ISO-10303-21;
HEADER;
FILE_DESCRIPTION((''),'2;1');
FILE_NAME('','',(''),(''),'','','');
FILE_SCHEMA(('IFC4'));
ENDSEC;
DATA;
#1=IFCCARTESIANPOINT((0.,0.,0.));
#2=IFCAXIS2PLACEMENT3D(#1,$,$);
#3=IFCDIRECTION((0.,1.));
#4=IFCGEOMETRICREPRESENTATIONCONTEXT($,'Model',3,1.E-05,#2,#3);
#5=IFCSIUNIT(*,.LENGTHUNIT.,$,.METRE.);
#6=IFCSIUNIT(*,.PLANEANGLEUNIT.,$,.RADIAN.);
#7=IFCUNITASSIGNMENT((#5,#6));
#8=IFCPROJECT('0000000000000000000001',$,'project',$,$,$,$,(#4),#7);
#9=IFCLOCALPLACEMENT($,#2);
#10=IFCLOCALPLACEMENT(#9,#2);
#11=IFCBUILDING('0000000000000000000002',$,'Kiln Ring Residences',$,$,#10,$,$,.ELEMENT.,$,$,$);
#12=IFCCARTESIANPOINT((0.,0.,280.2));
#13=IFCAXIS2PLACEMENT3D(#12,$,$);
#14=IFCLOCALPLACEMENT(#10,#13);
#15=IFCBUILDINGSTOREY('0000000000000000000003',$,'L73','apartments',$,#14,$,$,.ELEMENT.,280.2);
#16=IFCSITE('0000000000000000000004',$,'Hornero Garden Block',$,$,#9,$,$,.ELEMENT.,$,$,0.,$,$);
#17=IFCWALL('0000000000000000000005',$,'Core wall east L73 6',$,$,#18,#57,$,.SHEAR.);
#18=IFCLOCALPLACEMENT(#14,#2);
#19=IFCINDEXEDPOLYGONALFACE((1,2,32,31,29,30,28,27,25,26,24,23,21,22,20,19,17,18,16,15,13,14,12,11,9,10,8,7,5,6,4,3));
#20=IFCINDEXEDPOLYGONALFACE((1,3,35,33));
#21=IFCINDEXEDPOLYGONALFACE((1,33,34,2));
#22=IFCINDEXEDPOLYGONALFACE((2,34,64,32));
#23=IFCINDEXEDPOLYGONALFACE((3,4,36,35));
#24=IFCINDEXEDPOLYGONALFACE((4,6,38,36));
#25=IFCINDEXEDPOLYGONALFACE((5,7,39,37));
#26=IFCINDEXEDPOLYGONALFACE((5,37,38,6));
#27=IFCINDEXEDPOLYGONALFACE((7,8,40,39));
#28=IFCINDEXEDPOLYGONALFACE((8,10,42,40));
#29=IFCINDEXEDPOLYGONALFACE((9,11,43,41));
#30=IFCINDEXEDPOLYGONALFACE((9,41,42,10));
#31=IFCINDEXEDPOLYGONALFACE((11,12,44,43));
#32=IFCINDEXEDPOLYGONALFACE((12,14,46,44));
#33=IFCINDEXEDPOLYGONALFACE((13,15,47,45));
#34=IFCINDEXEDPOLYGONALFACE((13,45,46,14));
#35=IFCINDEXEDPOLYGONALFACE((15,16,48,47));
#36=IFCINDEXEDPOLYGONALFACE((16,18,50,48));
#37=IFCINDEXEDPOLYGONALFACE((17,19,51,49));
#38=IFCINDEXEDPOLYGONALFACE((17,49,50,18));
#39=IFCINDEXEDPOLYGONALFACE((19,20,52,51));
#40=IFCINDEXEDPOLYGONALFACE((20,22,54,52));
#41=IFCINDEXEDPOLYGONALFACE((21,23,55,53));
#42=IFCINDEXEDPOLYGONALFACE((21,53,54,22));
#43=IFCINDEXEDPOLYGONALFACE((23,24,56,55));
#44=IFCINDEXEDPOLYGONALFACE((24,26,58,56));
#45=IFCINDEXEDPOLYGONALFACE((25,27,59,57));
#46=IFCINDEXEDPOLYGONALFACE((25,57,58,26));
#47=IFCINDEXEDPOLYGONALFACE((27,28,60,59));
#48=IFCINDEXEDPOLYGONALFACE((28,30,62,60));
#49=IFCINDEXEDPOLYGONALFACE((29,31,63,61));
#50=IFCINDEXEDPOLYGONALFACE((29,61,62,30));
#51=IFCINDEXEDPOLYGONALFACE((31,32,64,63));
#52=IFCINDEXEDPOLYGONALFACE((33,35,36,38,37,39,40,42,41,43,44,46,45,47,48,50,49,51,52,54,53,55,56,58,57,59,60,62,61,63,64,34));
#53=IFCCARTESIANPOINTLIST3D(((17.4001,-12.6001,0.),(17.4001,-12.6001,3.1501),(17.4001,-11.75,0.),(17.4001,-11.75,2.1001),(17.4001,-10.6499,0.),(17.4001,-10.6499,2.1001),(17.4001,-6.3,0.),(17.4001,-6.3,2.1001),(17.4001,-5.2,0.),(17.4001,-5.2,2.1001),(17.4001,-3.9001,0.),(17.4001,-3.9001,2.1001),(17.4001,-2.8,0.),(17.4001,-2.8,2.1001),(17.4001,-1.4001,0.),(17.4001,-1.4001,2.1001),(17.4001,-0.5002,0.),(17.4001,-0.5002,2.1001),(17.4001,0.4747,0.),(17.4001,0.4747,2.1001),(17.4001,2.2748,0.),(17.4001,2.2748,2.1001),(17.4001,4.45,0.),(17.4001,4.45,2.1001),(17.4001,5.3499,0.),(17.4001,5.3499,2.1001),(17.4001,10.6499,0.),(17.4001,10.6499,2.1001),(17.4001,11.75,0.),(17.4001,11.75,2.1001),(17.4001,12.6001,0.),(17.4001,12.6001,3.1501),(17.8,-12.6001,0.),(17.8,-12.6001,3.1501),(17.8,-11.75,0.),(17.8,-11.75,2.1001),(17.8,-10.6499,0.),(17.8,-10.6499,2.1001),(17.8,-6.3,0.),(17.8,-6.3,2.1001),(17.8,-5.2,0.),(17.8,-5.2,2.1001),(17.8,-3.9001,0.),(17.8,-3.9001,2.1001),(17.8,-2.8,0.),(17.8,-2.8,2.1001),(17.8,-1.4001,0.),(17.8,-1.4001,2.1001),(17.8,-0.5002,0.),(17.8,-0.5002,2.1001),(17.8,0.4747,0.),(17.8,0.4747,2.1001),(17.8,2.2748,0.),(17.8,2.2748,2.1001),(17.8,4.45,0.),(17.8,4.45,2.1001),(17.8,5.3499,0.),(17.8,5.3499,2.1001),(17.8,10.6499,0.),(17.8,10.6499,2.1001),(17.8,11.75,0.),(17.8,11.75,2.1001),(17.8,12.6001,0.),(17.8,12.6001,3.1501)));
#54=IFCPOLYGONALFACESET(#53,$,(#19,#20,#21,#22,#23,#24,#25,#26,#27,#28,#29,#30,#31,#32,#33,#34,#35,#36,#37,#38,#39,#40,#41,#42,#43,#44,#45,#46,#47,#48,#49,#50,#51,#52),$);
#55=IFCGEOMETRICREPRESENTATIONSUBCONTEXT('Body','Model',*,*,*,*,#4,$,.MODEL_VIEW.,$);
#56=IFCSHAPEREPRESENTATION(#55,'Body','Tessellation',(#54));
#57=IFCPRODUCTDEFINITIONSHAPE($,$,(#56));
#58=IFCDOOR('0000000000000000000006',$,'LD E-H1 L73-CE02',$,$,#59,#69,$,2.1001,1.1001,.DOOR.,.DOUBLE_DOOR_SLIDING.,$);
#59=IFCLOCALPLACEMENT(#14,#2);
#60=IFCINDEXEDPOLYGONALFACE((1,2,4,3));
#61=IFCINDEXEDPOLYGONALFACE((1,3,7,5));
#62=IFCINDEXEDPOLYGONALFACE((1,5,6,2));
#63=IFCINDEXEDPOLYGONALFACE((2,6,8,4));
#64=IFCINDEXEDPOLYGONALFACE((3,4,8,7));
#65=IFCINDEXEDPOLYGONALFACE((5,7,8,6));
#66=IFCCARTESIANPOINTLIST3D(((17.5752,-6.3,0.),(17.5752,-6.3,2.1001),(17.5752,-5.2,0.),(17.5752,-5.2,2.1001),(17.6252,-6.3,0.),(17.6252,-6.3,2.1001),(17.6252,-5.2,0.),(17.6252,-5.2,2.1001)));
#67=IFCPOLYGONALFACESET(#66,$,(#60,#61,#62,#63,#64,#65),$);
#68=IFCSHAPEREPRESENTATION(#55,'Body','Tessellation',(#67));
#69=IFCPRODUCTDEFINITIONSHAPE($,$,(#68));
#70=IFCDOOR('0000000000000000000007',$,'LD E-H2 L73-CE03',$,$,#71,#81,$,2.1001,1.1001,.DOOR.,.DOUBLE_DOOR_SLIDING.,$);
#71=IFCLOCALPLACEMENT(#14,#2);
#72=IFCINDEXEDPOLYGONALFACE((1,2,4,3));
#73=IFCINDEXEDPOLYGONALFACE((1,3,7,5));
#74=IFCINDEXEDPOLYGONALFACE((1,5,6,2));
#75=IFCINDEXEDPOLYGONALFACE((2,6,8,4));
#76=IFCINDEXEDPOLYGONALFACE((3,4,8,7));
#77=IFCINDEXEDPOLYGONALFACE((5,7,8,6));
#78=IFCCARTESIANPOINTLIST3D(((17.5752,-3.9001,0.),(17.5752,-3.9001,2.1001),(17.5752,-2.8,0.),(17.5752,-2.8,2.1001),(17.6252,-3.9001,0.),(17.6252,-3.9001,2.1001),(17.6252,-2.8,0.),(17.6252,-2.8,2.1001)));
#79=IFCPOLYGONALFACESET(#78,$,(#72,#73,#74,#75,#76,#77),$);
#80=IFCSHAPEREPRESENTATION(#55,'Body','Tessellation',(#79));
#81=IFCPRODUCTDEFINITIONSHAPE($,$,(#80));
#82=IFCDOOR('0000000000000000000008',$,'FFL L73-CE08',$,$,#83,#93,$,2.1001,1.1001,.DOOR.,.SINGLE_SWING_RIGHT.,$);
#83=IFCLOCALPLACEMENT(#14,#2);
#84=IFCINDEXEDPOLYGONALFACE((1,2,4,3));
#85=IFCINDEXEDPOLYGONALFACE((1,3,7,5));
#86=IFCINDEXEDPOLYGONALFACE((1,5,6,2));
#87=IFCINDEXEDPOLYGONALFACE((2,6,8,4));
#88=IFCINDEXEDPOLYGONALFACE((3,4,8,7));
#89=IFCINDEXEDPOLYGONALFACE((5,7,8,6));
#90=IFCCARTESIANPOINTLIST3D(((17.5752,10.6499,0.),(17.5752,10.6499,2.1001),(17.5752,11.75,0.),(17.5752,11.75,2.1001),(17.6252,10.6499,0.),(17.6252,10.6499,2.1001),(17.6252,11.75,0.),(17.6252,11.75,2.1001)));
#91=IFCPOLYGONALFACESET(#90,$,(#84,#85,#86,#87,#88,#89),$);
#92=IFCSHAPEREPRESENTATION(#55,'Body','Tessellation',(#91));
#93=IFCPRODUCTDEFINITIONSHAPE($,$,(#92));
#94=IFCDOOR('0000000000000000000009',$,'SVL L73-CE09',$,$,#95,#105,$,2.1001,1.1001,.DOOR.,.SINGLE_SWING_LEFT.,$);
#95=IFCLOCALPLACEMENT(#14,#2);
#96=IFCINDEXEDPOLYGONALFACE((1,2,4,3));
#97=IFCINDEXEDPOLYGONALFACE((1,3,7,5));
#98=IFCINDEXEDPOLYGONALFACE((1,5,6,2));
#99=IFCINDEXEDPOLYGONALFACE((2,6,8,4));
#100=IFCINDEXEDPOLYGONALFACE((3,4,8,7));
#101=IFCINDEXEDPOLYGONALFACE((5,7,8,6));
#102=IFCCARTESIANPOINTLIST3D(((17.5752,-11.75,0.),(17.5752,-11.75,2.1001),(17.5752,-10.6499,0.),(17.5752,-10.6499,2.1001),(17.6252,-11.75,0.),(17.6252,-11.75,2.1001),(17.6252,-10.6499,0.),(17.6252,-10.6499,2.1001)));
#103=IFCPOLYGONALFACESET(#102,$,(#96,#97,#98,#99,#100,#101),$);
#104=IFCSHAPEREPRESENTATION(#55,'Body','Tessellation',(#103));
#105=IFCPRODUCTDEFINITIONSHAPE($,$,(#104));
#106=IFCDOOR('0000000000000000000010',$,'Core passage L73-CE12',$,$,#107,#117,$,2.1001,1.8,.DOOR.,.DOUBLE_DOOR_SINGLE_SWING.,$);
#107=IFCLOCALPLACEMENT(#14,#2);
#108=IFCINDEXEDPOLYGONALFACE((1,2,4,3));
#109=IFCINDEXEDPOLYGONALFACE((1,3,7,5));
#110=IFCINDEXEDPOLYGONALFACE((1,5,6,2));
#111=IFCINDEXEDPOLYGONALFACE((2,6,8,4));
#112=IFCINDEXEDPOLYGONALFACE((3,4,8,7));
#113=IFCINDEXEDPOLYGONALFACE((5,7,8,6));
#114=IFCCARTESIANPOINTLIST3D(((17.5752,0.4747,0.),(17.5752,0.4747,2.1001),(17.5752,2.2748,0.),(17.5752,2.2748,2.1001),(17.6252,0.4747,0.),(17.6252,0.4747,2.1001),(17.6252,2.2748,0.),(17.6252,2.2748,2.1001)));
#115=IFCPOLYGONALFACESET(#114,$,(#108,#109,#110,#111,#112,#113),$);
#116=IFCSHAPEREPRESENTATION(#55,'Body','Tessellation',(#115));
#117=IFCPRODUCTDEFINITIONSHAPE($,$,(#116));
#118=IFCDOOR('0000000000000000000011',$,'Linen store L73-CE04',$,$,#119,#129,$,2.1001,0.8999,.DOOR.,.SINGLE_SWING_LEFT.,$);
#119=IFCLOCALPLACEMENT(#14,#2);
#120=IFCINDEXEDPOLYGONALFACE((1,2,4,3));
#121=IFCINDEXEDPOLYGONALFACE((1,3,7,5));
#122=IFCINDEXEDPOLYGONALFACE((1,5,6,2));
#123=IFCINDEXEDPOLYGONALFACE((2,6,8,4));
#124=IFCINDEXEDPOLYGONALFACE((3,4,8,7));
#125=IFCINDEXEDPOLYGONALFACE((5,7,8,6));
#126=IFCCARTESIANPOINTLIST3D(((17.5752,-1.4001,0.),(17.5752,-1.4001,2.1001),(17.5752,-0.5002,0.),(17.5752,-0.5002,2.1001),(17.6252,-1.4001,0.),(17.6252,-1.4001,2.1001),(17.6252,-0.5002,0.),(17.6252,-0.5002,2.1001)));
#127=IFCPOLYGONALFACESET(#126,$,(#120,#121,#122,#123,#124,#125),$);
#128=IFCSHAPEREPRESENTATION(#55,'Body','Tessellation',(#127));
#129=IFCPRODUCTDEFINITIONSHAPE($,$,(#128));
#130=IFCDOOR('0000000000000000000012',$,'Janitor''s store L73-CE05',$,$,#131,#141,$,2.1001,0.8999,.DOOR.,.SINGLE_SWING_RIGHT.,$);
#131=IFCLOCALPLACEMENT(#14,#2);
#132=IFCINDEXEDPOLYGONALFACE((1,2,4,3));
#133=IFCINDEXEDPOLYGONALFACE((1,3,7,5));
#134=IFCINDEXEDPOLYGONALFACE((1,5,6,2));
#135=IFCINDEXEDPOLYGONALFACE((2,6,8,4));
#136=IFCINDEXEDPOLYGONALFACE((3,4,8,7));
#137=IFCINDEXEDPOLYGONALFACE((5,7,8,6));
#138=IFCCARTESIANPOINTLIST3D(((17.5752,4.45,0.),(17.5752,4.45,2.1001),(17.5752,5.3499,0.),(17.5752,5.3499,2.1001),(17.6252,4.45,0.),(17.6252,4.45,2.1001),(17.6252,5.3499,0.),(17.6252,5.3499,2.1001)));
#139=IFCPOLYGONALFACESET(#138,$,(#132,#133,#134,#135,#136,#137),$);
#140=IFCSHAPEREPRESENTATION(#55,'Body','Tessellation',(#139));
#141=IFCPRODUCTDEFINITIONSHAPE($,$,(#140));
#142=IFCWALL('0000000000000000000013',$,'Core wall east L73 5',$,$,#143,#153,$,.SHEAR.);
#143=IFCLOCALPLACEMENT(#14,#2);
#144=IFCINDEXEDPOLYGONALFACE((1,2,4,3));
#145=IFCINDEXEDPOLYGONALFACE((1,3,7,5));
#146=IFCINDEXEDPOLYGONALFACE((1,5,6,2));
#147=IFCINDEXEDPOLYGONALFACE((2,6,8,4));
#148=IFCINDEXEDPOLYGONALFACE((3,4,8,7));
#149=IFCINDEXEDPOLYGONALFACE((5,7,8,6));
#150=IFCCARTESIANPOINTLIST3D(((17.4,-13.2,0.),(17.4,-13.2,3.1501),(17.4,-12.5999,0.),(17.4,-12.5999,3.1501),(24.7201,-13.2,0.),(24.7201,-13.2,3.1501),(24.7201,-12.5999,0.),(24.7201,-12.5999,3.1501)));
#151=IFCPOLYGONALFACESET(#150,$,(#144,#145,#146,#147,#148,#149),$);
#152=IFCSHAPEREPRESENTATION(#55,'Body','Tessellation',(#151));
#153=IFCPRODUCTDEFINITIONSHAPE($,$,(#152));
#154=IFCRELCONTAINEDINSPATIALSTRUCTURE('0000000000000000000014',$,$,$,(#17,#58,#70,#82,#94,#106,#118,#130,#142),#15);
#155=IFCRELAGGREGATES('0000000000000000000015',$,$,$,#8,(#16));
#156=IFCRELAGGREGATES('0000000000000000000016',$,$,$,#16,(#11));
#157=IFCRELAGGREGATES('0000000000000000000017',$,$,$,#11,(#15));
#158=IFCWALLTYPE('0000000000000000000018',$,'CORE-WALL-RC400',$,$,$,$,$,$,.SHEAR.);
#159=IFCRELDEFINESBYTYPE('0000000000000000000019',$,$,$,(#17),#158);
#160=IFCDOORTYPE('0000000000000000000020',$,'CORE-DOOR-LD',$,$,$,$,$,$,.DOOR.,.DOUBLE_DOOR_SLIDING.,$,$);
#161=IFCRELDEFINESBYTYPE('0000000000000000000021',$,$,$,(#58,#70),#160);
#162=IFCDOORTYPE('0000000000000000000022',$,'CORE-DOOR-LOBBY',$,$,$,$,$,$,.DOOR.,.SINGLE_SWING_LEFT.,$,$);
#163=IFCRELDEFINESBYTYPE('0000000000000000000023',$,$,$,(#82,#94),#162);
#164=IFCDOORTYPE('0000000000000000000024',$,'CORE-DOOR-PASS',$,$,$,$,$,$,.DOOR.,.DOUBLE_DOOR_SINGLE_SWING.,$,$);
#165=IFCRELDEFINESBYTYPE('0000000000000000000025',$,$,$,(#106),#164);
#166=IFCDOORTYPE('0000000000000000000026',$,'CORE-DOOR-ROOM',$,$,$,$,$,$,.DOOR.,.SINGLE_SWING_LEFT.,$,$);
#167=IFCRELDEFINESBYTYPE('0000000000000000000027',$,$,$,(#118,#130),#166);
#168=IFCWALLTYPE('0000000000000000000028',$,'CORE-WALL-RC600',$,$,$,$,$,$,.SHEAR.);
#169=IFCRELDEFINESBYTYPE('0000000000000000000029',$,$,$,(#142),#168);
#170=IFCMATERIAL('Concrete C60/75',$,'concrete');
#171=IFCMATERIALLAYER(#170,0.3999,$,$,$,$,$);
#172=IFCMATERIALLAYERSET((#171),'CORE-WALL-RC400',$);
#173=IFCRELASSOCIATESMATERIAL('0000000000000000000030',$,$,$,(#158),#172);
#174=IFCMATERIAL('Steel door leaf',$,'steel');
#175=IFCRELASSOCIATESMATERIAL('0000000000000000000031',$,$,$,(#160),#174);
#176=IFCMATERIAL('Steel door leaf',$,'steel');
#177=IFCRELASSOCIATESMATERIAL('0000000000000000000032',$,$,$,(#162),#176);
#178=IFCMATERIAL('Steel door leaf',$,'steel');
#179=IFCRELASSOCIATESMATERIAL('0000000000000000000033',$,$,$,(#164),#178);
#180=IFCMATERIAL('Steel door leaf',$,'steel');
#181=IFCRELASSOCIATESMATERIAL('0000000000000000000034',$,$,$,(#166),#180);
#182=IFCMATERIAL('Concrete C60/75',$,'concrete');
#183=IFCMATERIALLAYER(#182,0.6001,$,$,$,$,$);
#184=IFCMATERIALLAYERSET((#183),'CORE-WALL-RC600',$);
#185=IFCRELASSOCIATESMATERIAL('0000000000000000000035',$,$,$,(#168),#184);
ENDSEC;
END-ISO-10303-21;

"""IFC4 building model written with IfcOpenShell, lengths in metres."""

from ifc_helpers import new_model, si_unit, direction, frame, frame_2d, origin, place, context, subcontext, project, spatial, rectangle, extrude, material, layer, layer_set, type_object, element, fill, save


model = new_model("IFC4")

# Units and contexts
model_context = context("Model", 3, precision=1e-05, world=origin(), true_north=direction((0.0, 1.0)))
body_context = subcontext(model_context, "Body", "Model", "MODEL_VIEW")
ifc_project = project(units=[si_unit("LENGTHUNIT", "METRE"), si_unit("PLANEANGLEUNIT", "RADIAN")], contexts=[model_context])

# Site, building, storey
site_placement = place(None, origin())
site = spatial("IfcSite", under=ifc_project, at=site_placement, Name="Hornero Garden Block", CompositionType="ELEMENT", RefElevation=0.0)
building_placement = place(site_placement, origin())
building = spatial("IfcBuilding", under=site, at=building_placement, Name="Kiln Ring Residences", CompositionType="ELEMENT")
storey_placement = place(building_placement, frame((0.0, 0.0, 280.2)))
storey = spatial("IfcBuildingStorey", under=building, at=storey_placement, Name="L73", Description="apartments", CompositionType="ELEMENT", Elevation=280.2)

# Wall, openings, doors
ifc_material_1 = material(Name="Concrete C60/75", Category="concrete")
ifc_layer_1 = layer(ifc_material_1, 0.3999)
ifc_layer_set_1 = layer_set([ifc_layer_1], Name="CORE-WALL-RC400")
wall_type_1 = type_object("IfcWallType", Name="CORE-WALL-RC400", PredefinedType="SHEAR", material=ifc_layer_set_1)
wall_1_placement = place(storey_placement, frame((17.6001, -12.6001, 0.0), z_axis=(0.0, 0.0, 1.0), x_axis=(0.0, 1.0, 0.0)))
wall_1 = element("IfcWall", 1, at=wall_1_placement, inside=storey, type_object=wall_type_1, Name="Core wall east L73 6", PredefinedType="SHEAR", context=body_context, shape_type="SweptSolid", body=[
    extrude(rectangle(XDim=25.2002, YDim=0.3999, at=frame_2d((12.6001, 0.0))), origin(), (0.0, 0.0, 1.0), 3.1501),
])
opening_1_placement = place(wall_1_placement, frame((6.3, 0.0, 0.0)))
opening_1 = element("IfcOpeningElement", 2, at=opening_1_placement, cuts=wall_1, PredefinedType="OPENING", context=body_context, shape_type="SweptSolid", body=[
    extrude(rectangle(XDim=1.1001, YDim=2.1001, at=frame_2d((0.55, 1.05))), frame((0.0, 0.21, 0.0), z_axis=(0.0, -1.0, 0.0), x_axis=(1.0, 0.0, 0.0)), (0.0, 0.0, 1.0), 0.4199),
])
opening_2_placement = place(wall_1_placement, frame((8.7, 0.0, 0.0)))
opening_2 = element("IfcOpeningElement", 3, at=opening_2_placement, cuts=wall_1, PredefinedType="OPENING", context=body_context, shape_type="SweptSolid", body=[
    extrude(rectangle(XDim=1.1001, YDim=2.1001, at=frame_2d((0.55, 1.05))), frame((0.0, 0.21, 0.0), z_axis=(0.0, -1.0, 0.0), x_axis=(1.0, 0.0, 0.0)), (0.0, 0.0, 1.0), 0.4199),
])
opening_3_placement = place(wall_1_placement, frame((11.2, 0.0, 0.0)))
opening_3 = element("IfcOpeningElement", 4, at=opening_3_placement, cuts=wall_1, PredefinedType="OPENING", context=body_context, shape_type="SweptSolid", body=[
    extrude(rectangle(XDim=0.8999, YDim=2.1001, at=frame_2d((0.45, 1.05))), frame((0.0, 0.21, 0.0), z_axis=(0.0, -1.0, 0.0), x_axis=(1.0, 0.0, 0.0)), (0.0, 0.0, 1.0), 0.4199),
])
opening_4_placement = place(wall_1_placement, frame((17.05, 0.0, 0.0)))
opening_4 = element("IfcOpeningElement", 5, at=opening_4_placement, cuts=wall_1, PredefinedType="OPENING", context=body_context, shape_type="SweptSolid", body=[
    extrude(rectangle(XDim=0.8999, YDim=2.1001, at=frame_2d((0.45, 1.05))), frame((0.0, 0.21, 0.0), z_axis=(0.0, -1.0, 0.0), x_axis=(1.0, 0.0, 0.0)), (0.0, 0.0, 1.0), 0.4199),
])
opening_5_placement = place(wall_1_placement, frame((23.25, 0.0, 0.0)))
opening_5 = element("IfcOpeningElement", 6, at=opening_5_placement, cuts=wall_1, PredefinedType="OPENING", context=body_context, shape_type="SweptSolid", body=[
    extrude(rectangle(XDim=1.1001, YDim=2.1001, at=frame_2d((0.55, 1.05))), frame((0.0, 0.21, 0.0), z_axis=(0.0, -1.0, 0.0), x_axis=(1.0, 0.0, 0.0)), (0.0, 0.0, 1.0), 0.4199),
])
opening_6_placement = place(wall_1_placement, frame((0.8501, 0.0, 0.0)))
opening_6 = element("IfcOpeningElement", 7, at=opening_6_placement, cuts=wall_1, PredefinedType="OPENING", context=body_context, shape_type="SweptSolid", body=[
    extrude(rectangle(XDim=1.1001, YDim=2.1001, at=frame_2d((0.55, 1.05))), frame((0.0, 0.21, 0.0), z_axis=(0.0, -1.0, 0.0), x_axis=(1.0, 0.0, 0.0)), (0.0, 0.0, 1.0), 0.4199),
])
opening_7_placement = place(wall_1_placement, frame((13.075, 0.0, 0.0)))
opening_7 = element("IfcOpeningElement", 8, at=opening_7_placement, cuts=wall_1, PredefinedType="OPENING", context=body_context, shape_type="SweptSolid", body=[
    extrude(rectangle(XDim=1.8, YDim=2.1001, at=frame_2d((0.8999, 1.05))), frame((0.0, 0.21, 0.0), z_axis=(0.0, -1.0, 0.0), x_axis=(1.0, 0.0, 0.0)), (0.0, 0.0, 1.0), 0.4199),
])
ifc_material_2 = material(Name="Steel door leaf", Category="steel")
door_type_1 = type_object("IfcDoorType", Name="CORE-DOOR-LD", OperationType="DOUBLE_DOOR_SLIDING", PredefinedType="DOOR", material=ifc_material_2)
door_1_placement = place(opening_1_placement, origin())
door_1 = element("IfcDoor", 9, at=door_1_placement, inside=storey, type_object=door_type_1, Name="LD E-H1 L73-CE02", OperationType="DOUBLE_DOOR_SLIDING", OverallHeight=2.1001, OverallWidth=1.1001, PredefinedType="DOOR", context=body_context, shape_type="SweptSolid", body=[
    extrude(rectangle(XDim=1.1001, YDim=2.1001, at=frame_2d((0.55, 1.05))), frame((0.0, 0.0249, 0.0), z_axis=(0.0, -1.0, 0.0), x_axis=(1.0, 0.0, 0.0)), (0.0, 0.0, 1.0), 0.05),
])
fill(opening_1, door_1)
door_2_placement = place(opening_2_placement, origin())
door_2 = element("IfcDoor", 10, at=door_2_placement, inside=storey, type_object=door_type_1, Name="LD E-H2 L73-CE03", OperationType="DOUBLE_DOOR_SLIDING", OverallHeight=2.1001, OverallWidth=1.1001, PredefinedType="DOOR", context=body_context, shape_type="SweptSolid", body=[
    extrude(rectangle(XDim=1.1001, YDim=2.1001, at=frame_2d((0.55, 1.05))), frame((0.0, 0.0249, 0.0), z_axis=(0.0, -1.0, 0.0), x_axis=(1.0, 0.0, 0.0)), (0.0, 0.0, 1.0), 0.05),
])
fill(opening_2, door_2)
ifc_material_3 = material(Name="Steel door leaf", Category="steel")
door_type_2 = type_object("IfcDoorType", Name="CORE-DOOR-LOBBY", OperationType="SINGLE_SWING_LEFT", PredefinedType="DOOR", material=ifc_material_3)
door_3_placement = place(opening_5_placement, origin())
door_3 = element("IfcDoor", 11, at=door_3_placement, inside=storey, type_object=door_type_2, Name="FFL L73-CE08", OperationType="SINGLE_SWING_RIGHT", OverallHeight=2.1001, OverallWidth=1.1001, PredefinedType="DOOR", context=body_context, shape_type="SweptSolid", body=[
    extrude(rectangle(XDim=1.1001, YDim=2.1001, at=frame_2d((0.55, 1.05))), frame((0.0, 0.0249, 0.0), z_axis=(0.0, -1.0, 0.0), x_axis=(1.0, 0.0, 0.0)), (0.0, 0.0, 1.0), 0.05),
])
fill(opening_5, door_3)
door_4_placement = place(opening_6_placement, origin())
door_4 = element("IfcDoor", 12, at=door_4_placement, inside=storey, type_object=door_type_2, Name="SVL L73-CE09", OperationType="SINGLE_SWING_LEFT", OverallHeight=2.1001, OverallWidth=1.1001, PredefinedType="DOOR", context=body_context, shape_type="SweptSolid", body=[
    extrude(rectangle(XDim=1.1001, YDim=2.1001, at=frame_2d((0.55, 1.05))), frame((0.0, 0.0249, 0.0), z_axis=(0.0, -1.0, 0.0), x_axis=(1.0, 0.0, 0.0)), (0.0, 0.0, 1.0), 0.05),
])
fill(opening_6, door_4)
ifc_material_4 = material(Name="Steel door leaf", Category="steel")
door_type_3 = type_object("IfcDoorType", Name="CORE-DOOR-PASS", OperationType="DOUBLE_DOOR_SINGLE_SWING", PredefinedType="DOOR", material=ifc_material_4)
door_5_placement = place(opening_7_placement, origin())
door_5 = element("IfcDoor", 13, at=door_5_placement, inside=storey, type_object=door_type_3, Name="Core passage L73-CE12", OperationType="DOUBLE_DOOR_SINGLE_SWING", OverallHeight=2.1001, OverallWidth=1.8, PredefinedType="DOOR", context=body_context, shape_type="SweptSolid", body=[
    extrude(rectangle(XDim=1.8, YDim=2.1001, at=frame_2d((0.8999, 1.05))), frame((0.0, 0.0249, 0.0), z_axis=(0.0, -1.0, 0.0), x_axis=(1.0, 0.0, 0.0)), (0.0, 0.0, 1.0), 0.05),
])
fill(opening_7, door_5)
ifc_material_5 = material(Name="Steel door leaf", Category="steel")
door_type_4 = type_object("IfcDoorType", Name="CORE-DOOR-ROOM", OperationType="SINGLE_SWING_LEFT", PredefinedType="DOOR", material=ifc_material_5)
door_6_placement = place(opening_3_placement, origin())
door_6 = element("IfcDoor", 14, at=door_6_placement, inside=storey, type_object=door_type_4, Name="Linen store L73-CE04", OperationType="SINGLE_SWING_LEFT", OverallHeight=2.1001, OverallWidth=0.8999, PredefinedType="DOOR", context=body_context, shape_type="SweptSolid", body=[
    extrude(rectangle(XDim=0.8999, YDim=2.1001, at=frame_2d((0.45, 1.05))), frame((0.0, 0.0249, 0.0), z_axis=(0.0, -1.0, 0.0), x_axis=(1.0, 0.0, 0.0)), (0.0, 0.0, 1.0), 0.05),
])
fill(opening_3, door_6)
door_7_placement = place(opening_4_placement, origin())
door_7 = element("IfcDoor", 15, at=door_7_placement, inside=storey, type_object=door_type_4, Name="Janitor's store L73-CE05", OperationType="SINGLE_SWING_RIGHT", OverallHeight=2.1001, OverallWidth=0.8999, PredefinedType="DOOR", context=body_context, shape_type="SweptSolid", body=[
    extrude(rectangle(XDim=0.8999, YDim=2.1001, at=frame_2d((0.45, 1.05))), frame((0.0, 0.0249, 0.0), z_axis=(0.0, -1.0, 0.0), x_axis=(1.0, 0.0, 0.0)), (0.0, 0.0, 1.0), 0.05),
])
fill(opening_4, door_7)

# Wall
ifc_material_6 = material(Name="Concrete C60/75", Category="concrete")
ifc_layer_2 = layer(ifc_material_6, 0.6001)
ifc_layer_set_2 = layer_set([ifc_layer_2], Name="CORE-WALL-RC600")
wall_type_2 = type_object("IfcWallType", Name="CORE-WALL-RC600", PredefinedType="SHEAR", material=ifc_layer_set_2)
wall_2_placement = place(storey_placement, frame((17.3999, -12.8999, 0.0), z_axis=(0.0, 0.0, 1.0), x_axis=(1.0, 0.0, 0.0)))
element("IfcWall", 16, at=wall_2_placement, inside=storey, type_object=wall_type_2, Name="Core wall east L73 5", PredefinedType="SHEAR", context=body_context, shape_type="SweptSolid", body=[
    extrude(rectangle(XDim=7.3201, YDim=0.6001, at=frame_2d((3.6602, 0.0))), origin(), (0.0, 0.0, 1.0), 3.1501),
])

save(model, "model.ifc")
